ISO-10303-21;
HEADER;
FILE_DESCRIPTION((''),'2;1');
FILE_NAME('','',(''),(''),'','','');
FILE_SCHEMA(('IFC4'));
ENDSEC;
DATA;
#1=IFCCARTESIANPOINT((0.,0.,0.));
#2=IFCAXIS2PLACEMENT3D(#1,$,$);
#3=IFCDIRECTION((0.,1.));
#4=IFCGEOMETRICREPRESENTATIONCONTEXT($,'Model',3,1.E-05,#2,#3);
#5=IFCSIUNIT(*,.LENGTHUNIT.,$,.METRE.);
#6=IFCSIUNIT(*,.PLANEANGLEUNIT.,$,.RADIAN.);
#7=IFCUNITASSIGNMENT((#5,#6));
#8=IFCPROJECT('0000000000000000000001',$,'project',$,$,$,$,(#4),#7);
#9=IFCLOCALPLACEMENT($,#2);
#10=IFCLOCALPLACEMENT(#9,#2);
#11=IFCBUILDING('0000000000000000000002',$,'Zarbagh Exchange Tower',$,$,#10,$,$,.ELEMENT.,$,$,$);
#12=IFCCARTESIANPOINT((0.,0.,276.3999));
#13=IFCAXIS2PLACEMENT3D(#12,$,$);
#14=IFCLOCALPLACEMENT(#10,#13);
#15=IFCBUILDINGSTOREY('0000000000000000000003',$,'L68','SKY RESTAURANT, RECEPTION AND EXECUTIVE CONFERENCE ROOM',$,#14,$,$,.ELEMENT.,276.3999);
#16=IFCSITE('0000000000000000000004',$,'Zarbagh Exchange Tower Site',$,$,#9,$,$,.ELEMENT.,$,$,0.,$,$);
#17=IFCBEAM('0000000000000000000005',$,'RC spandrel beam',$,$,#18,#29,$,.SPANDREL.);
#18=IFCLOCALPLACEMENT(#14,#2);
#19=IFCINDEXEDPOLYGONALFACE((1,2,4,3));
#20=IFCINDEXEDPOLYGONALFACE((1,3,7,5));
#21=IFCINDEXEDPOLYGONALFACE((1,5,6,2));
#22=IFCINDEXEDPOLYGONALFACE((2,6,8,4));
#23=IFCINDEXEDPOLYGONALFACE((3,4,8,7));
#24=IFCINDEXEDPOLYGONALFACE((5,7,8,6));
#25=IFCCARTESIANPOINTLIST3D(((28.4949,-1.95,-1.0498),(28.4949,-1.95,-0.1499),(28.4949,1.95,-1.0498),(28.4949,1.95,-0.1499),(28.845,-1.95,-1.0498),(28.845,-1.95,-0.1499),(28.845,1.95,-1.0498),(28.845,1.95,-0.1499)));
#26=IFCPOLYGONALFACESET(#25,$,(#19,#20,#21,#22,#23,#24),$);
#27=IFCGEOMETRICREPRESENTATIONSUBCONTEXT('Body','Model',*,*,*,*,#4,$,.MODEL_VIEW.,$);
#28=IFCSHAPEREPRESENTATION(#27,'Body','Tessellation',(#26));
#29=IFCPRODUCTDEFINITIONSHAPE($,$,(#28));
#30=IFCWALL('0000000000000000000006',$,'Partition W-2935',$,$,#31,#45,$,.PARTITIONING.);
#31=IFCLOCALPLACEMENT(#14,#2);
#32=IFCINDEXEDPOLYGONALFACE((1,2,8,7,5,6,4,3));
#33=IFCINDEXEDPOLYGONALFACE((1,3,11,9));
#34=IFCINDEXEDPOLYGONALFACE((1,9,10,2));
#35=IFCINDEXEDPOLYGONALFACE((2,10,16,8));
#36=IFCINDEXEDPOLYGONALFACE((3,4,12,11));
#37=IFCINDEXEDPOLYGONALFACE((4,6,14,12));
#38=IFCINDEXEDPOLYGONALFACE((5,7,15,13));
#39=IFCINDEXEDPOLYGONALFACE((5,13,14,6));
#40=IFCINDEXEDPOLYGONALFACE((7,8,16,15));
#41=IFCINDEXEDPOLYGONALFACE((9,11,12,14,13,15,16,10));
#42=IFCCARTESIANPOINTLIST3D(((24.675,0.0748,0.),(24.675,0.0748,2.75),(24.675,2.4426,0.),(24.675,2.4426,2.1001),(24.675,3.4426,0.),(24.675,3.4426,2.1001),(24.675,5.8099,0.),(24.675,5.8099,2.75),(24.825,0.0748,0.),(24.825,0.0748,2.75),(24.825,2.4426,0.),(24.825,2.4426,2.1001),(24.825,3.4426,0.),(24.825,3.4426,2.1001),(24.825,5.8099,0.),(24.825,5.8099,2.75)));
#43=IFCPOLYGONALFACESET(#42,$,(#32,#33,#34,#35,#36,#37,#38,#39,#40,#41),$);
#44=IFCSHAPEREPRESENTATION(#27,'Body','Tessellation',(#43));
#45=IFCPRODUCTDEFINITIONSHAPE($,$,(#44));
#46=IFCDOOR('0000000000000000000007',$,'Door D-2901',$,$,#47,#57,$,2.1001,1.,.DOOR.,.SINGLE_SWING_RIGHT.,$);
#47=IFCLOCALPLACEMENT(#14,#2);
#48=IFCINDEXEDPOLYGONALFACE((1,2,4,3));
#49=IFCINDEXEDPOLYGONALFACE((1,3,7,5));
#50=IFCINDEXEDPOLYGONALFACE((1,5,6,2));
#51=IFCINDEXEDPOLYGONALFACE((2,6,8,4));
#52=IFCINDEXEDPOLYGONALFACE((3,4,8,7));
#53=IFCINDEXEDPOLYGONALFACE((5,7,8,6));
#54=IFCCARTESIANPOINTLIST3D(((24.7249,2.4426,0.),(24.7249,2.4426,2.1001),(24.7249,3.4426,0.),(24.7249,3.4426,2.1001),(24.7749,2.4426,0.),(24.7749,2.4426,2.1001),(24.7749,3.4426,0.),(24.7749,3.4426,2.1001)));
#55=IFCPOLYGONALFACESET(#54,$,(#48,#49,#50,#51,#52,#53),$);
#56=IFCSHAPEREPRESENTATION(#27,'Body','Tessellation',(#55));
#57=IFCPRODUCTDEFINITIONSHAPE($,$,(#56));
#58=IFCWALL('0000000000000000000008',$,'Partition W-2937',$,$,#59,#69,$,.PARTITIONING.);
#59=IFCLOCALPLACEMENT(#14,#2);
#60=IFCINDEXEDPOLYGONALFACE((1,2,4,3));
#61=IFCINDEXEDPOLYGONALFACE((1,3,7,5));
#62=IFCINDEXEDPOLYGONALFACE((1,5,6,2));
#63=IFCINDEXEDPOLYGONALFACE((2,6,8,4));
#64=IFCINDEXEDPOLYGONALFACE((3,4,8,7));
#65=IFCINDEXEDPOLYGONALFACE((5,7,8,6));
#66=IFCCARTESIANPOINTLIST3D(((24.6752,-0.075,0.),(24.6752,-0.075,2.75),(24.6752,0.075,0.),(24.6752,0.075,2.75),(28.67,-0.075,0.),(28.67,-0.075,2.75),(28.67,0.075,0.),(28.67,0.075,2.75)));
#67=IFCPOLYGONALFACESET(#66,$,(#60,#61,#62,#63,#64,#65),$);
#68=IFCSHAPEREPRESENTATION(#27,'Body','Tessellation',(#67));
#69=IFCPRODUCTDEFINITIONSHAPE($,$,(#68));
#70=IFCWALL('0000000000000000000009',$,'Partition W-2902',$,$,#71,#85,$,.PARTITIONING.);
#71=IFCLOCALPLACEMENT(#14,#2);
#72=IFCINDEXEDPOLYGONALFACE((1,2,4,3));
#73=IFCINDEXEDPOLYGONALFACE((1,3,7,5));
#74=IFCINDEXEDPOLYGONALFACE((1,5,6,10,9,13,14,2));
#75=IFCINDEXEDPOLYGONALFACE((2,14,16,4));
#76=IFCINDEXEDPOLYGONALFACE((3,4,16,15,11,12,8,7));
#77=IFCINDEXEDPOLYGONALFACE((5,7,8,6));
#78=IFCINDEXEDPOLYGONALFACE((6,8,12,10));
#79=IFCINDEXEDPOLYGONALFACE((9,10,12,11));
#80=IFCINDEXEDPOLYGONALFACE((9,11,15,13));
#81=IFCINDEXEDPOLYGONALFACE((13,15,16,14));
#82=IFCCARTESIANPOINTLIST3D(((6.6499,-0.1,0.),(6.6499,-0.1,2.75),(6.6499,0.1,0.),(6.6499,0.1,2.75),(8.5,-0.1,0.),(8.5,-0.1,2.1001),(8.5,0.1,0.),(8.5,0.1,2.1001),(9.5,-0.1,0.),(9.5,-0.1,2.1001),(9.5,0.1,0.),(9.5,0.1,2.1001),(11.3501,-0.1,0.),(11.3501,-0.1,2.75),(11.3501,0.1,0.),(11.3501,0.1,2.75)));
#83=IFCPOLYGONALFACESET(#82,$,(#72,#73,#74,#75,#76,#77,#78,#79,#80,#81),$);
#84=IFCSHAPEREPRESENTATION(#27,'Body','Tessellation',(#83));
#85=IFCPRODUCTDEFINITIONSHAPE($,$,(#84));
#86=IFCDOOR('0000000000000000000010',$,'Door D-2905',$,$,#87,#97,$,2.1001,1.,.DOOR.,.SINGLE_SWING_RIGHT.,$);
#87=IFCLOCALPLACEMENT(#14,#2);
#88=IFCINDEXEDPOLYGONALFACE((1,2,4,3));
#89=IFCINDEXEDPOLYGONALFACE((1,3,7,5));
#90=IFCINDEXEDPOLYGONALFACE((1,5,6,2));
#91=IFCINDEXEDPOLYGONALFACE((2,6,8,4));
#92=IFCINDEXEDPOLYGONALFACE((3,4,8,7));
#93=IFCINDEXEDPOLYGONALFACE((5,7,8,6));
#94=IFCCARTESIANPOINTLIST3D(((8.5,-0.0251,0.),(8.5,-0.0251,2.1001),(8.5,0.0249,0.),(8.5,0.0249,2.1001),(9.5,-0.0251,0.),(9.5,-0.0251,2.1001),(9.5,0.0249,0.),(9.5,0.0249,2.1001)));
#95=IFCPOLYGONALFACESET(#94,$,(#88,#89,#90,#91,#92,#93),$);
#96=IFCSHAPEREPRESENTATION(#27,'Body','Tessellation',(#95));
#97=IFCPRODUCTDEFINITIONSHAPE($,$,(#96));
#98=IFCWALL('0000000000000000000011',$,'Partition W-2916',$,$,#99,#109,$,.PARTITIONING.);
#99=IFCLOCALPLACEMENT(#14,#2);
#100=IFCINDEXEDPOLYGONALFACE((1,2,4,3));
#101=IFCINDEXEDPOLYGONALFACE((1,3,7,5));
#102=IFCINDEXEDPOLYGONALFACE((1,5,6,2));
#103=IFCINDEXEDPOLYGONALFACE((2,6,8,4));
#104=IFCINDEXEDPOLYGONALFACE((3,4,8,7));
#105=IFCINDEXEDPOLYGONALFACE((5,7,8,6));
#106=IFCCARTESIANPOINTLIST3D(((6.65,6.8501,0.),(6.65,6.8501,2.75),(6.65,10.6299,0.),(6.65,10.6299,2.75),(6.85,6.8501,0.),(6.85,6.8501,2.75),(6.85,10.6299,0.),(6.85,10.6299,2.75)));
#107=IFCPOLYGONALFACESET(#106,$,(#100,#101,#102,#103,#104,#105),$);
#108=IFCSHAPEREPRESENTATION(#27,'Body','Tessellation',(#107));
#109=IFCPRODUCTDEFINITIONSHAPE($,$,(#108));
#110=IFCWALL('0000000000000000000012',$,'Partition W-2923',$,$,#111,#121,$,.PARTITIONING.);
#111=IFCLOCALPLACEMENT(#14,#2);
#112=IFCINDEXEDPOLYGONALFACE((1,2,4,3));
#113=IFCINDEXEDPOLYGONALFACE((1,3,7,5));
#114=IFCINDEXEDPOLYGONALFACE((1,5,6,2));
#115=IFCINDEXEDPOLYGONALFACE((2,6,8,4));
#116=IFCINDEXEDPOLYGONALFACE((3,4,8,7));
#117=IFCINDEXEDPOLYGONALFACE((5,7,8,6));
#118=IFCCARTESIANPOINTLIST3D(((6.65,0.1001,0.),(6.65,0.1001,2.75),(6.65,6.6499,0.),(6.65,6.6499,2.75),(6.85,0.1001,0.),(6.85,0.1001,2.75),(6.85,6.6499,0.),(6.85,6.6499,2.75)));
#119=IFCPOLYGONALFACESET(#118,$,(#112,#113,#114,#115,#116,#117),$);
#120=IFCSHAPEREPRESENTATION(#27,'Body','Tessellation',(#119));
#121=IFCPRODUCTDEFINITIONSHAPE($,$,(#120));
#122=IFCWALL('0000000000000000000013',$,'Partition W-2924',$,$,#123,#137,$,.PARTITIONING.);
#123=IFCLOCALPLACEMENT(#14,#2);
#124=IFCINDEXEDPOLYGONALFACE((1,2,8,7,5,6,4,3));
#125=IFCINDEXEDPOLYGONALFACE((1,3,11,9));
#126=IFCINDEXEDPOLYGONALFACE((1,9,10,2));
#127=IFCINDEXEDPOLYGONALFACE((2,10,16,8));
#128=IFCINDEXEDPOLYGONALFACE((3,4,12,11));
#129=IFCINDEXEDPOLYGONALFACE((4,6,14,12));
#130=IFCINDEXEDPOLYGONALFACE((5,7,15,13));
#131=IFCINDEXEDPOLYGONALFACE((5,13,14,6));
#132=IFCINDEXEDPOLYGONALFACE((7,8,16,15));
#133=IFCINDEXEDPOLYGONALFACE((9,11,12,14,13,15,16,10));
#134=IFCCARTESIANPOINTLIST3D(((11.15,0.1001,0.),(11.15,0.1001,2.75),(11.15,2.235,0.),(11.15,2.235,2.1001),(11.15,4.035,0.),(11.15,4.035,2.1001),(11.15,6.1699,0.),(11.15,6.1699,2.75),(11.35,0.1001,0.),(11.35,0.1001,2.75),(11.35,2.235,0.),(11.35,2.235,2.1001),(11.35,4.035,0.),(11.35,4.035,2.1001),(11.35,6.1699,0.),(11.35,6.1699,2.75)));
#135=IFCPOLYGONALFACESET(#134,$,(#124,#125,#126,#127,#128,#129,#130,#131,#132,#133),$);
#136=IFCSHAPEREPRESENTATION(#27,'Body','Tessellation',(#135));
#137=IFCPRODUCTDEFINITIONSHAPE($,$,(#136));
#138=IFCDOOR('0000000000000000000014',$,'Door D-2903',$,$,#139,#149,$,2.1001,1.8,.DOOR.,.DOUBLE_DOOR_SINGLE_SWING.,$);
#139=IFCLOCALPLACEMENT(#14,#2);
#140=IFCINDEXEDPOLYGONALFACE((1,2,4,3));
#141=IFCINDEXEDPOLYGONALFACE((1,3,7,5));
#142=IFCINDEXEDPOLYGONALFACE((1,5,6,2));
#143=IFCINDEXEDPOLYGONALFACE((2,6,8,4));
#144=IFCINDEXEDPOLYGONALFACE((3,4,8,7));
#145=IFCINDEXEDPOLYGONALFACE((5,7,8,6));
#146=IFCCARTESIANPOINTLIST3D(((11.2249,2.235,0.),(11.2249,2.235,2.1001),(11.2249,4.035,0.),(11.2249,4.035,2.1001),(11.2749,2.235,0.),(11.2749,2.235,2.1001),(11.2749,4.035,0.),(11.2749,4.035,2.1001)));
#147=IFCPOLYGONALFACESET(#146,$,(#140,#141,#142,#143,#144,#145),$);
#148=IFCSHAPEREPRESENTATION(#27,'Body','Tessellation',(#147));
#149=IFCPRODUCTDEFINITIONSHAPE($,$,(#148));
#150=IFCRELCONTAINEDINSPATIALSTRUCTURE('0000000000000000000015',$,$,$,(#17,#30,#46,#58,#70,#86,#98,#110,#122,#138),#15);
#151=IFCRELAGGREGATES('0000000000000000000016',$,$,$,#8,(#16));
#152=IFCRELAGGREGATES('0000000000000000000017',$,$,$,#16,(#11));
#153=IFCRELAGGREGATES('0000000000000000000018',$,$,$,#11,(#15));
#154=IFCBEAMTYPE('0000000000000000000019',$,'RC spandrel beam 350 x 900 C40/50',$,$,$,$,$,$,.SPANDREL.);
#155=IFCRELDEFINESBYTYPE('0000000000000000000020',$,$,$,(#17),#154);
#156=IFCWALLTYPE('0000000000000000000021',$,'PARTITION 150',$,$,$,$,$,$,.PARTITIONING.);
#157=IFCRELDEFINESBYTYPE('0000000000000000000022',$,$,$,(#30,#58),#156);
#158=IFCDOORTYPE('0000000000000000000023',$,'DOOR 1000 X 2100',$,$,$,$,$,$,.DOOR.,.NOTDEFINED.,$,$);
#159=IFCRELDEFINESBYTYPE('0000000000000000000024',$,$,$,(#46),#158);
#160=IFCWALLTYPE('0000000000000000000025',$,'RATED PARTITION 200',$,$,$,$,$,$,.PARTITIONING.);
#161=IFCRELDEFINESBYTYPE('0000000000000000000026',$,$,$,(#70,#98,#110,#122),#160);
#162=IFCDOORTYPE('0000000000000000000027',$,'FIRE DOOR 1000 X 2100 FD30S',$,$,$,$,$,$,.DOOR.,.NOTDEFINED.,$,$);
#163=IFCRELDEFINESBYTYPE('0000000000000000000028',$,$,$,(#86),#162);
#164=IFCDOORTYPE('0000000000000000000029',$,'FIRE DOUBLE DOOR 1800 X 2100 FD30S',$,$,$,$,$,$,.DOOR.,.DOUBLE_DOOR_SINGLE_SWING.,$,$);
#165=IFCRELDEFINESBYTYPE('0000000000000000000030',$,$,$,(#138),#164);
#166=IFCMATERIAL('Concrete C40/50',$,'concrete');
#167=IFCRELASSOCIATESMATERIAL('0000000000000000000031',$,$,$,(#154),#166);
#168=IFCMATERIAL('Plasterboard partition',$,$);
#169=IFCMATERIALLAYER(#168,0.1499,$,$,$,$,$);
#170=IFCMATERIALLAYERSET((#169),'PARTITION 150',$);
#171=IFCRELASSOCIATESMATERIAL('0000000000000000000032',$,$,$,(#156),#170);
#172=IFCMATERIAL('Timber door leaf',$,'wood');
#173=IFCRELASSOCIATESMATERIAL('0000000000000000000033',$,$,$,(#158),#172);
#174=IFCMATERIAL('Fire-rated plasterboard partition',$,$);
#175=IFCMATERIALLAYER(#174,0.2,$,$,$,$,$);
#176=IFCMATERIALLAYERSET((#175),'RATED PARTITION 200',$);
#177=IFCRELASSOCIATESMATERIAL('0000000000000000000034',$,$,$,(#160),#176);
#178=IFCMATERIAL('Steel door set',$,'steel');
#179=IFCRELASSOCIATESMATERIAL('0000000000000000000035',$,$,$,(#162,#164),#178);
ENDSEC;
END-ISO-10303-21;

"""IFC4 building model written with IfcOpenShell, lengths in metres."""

from ifc_helpers import new_model, si_unit, direction, frame, frame_2d, origin, origin_2d, place, context, subcontext, project, spatial, rectangle, extrude, material, layer, layer_set, material_profile, profile_set, type_object, element, fill, save


model = new_model("IFC4")

# Units and contexts
model_context = context("Model", 3, precision=1e-05, world=origin(), true_north=direction((0.0, 1.0)))
body_context = subcontext(model_context, "Body", "Model", "MODEL_VIEW")
ifc_project = project(units=[si_unit("LENGTHUNIT", "METRE"), si_unit("PLANEANGLEUNIT", "RADIAN")], contexts=[model_context])

# Site, building, storey
site_placement = place(None, origin())
site = spatial("IfcSite", under=ifc_project, at=site_placement, Name="Zarbagh Exchange Tower Site", CompositionType="ELEMENT", RefElevation=0.0)
building_placement = place(site_placement, origin())
building = spatial("IfcBuilding", under=site, at=building_placement, Name="Zarbagh Exchange Tower", CompositionType="ELEMENT")
storey_placement = place(building_placement, frame((0.0, 0.0, 276.3999)))
storey = spatial("IfcBuildingStorey", under=building, at=storey_placement, Name="L68", Description="SKY RESTAURANT, RECEPTION AND EXECUTIVE CONFERENCE ROOM", CompositionType="ELEMENT", Elevation=276.3999)

# Shared definitions
ifc_material_1 = material(Name="Concrete C40/50", Category="concrete")

# Beam
ifc_material_profile_1 = material_profile(ifc_material_1, rectangle(XDim=0.3501, YDim=0.8999, at=origin_2d()), Name="RC spandrel beam 350 x 900 C40/50")
ifc_profile_set_1 = profile_set([ifc_material_profile_1], Name="Concrete C40/50")
beam_type_1 = type_object("IfcBeamType", Name="RC spandrel beam 350 x 900 C40/50", PredefinedType="SPANDREL", material=ifc_profile_set_1)
beam_1_placement = place(storey_placement, frame((28.6699, 1.95, -0.5999), z_axis=(0.0, -1.0, 0.0), x_axis=(1.0, 0.0, 0.0)))
element("IfcBeam", 1, at=beam_1_placement, inside=storey, type_object=beam_type_1, Name="RC spandrel beam", PredefinedType="SPANDREL", context=body_context, shape_type="SweptSolid", body=[
    extrude(rectangle(XDim=0.3501, YDim=0.8999, at=origin_2d()), origin(), (0.0, 0.0, 1.0), 3.8999),
])

# Wall, opening, door
ifc_material_2 = material(Name="Plasterboard partition")
ifc_layer_1 = layer(ifc_material_2, 0.1499)
ifc_layer_set_1 = layer_set([ifc_layer_1], Name="PARTITION 150")
wall_type_1 = type_object("IfcWallType", Name="PARTITION 150", PredefinedType="PARTITIONING", material=ifc_layer_set_1)
wall_1_placement = place(storey_placement, frame((24.75, 5.8101, 0.0), z_axis=(0.0, 0.0, 1.0), x_axis=(0.0, -1.0, 0.0)))
wall_1 = element("IfcWall", 2, at=wall_1_placement, inside=storey, type_object=wall_type_1, Name="Partition W-2935", PredefinedType="PARTITIONING", context=body_context, shape_type="SweptSolid", body=[
    extrude(rectangle(XDim=5.7351, YDim=0.1499, at=frame_2d((2.8677, 0.0))), origin(), (0.0, 0.0, 1.0), 2.75),
])
opening_1_placement = place(wall_1_placement, frame((2.3674, 0.0, 0.0)))
opening_1 = element("IfcOpeningElement", 3, at=opening_1_placement, cuts=wall_1, PredefinedType="OPENING", context=body_context, shape_type="SweptSolid", body=[
    extrude(rectangle(XDim=1.0, YDim=2.1001, at=frame_2d((0.5, 1.05))), frame((0.0, 0.085, 0.0), z_axis=(0.0, -1.0, 0.0), x_axis=(1.0, 0.0, 0.0)), (0.0, 0.0, 1.0), 0.1699),
])
ifc_material_3 = material(Name="Timber door leaf", Category="wood")
door_type_1 = type_object("IfcDoorType", Name="DOOR 1000 X 2100", OperationType="NOTDEFINED", PredefinedType="DOOR", material=ifc_material_3)
door_1_placement = place(opening_1_placement, origin())
door_1 = element("IfcDoor", 4, at=door_1_placement, inside=storey, type_object=door_type_1, Name="Door D-2901", OperationType="SINGLE_SWING_RIGHT", OverallHeight=2.1001, OverallWidth=1.0, PredefinedType="DOOR", context=body_context, shape_type="SweptSolid", body=[
    extrude(rectangle(XDim=1.0, YDim=2.1001, at=frame_2d((0.5, 1.05))), frame((0.0, 0.0249, 0.0), z_axis=(0.0, -1.0, 0.0), x_axis=(1.0, 0.0, 0.0)), (0.0, 0.0, 1.0), 0.05),
])
fill(opening_1, door_1)

# Wall
wall_2_placement = place(storey_placement, frame((24.675, 0.0, 0.0), z_axis=(0.0, 0.0, 1.0), x_axis=(1.0, 0.0, 0.0)))
element("IfcWall", 5, at=wall_2_placement, inside=storey, type_object=wall_type_1, Name="Partition W-2937", PredefinedType="PARTITIONING", context=body_context, shape_type="SweptSolid", body=[
    extrude(rectangle(XDim=3.9949, YDim=0.1499, at=frame_2d((1.9976, 0.0))), origin(), (0.0, 0.0, 1.0), 2.75),
])

# Wall, opening, door
ifc_material_4 = material(Name="Fire-rated plasterboard partition")
ifc_layer_2 = layer(ifc_material_4, 0.2)
ifc_layer_set_2 = layer_set([ifc_layer_2], Name="RATED PARTITION 200")
wall_type_2 = type_object("IfcWallType", Name="RATED PARTITION 200", PredefinedType="PARTITIONING", material=ifc_layer_set_2)
wall_3_placement = place(storey_placement, frame((6.6499, 0.0, 0.0), z_axis=(0.0, 0.0, 1.0), x_axis=(1.0, 0.0, 0.0)))
wall_3 = element("IfcWall", 6, at=wall_3_placement, inside=storey, type_object=wall_type_2, Name="Partition W-2902", PredefinedType="PARTITIONING", context=body_context, shape_type="SweptSolid", body=[
    extrude(rectangle(XDim=4.7002, YDim=0.2, at=frame_2d((2.3501, 0.0))), origin(), (0.0, 0.0, 1.0), 2.75),
])
opening_2_placement = place(wall_3_placement, frame((1.8501, 0.0, 0.0)))
opening_2 = element("IfcOpeningElement", 7, at=opening_2_placement, cuts=wall_3, PredefinedType="OPENING", context=body_context, shape_type="SweptSolid", body=[
    extrude(rectangle(XDim=1.0, YDim=2.1001, at=frame_2d((0.5, 1.05))), frame((0.0, 0.1099, 0.0), z_axis=(0.0, -1.0, 0.0), x_axis=(1.0, 0.0, 0.0)), (0.0, 0.0, 1.0), 0.22),
])
ifc_material_5 = material(Name="Steel door set", Category="steel")
door_type_2 = type_object("IfcDoorType", Name="FIRE DOOR 1000 X 2100 FD30S", OperationType="NOTDEFINED", PredefinedType="DOOR", material=ifc_material_5)
door_2_placement = place(opening_2_placement, origin())
door_2 = element("IfcDoor", 8, at=door_2_placement, inside=storey, type_object=door_type_2, Name="Door D-2905", OperationType="SINGLE_SWING_RIGHT", OverallHeight=2.1001, OverallWidth=1.0, PredefinedType="DOOR", context=body_context, shape_type="SweptSolid", body=[
    extrude(rectangle(XDim=1.0, YDim=2.1001, at=frame_2d((0.5, 1.05))), frame((0.0, 0.0249, 0.0), z_axis=(0.0, -1.0, 0.0), x_axis=(1.0, 0.0, 0.0)), (0.0, 0.0, 1.0), 0.05),
])
fill(opening_2, door_2)

# Walls
wall_4_placement = place(storey_placement, frame((6.75, 6.8501, 0.0), z_axis=(0.0, 0.0, 1.0), x_axis=(0.0, 1.0, 0.0)))
element("IfcWall", 9, at=wall_4_placement, inside=storey, type_object=wall_type_2, Name="Partition W-2916", PredefinedType="PARTITIONING", context=body_context, shape_type="SweptSolid", body=[
    extrude(rectangle(XDim=3.7798, YDim=0.2, at=frame_2d((1.8899, 0.0))), origin(), (0.0, 0.0, 1.0), 2.75),
])
wall_5_placement = place(storey_placement, frame((6.75, 0.1001, 0.0), z_axis=(0.0, 0.0, 1.0), x_axis=(0.0, 1.0, 0.0)))
element("IfcWall", 10, at=wall_5_placement, inside=storey, type_object=wall_type_2, Name="Partition W-2923", PredefinedType="PARTITIONING", context=body_context, shape_type="SweptSolid", body=[
    extrude(rectangle(XDim=6.5498, YDim=0.2, at=frame_2d((3.2749, 0.0))), origin(), (0.0, 0.0, 1.0), 2.75),
])

# Wall, opening, door
wall_6_placement = place(storey_placement, frame((11.25, 6.1699, 0.0), z_axis=(0.0, 0.0, 1.0), x_axis=(0.0, -1.0, 0.0)))
wall_6 = element("IfcWall", 11, at=wall_6_placement, inside=storey, type_object=wall_type_2, Name="Partition W-2924", PredefinedType="PARTITIONING", context=body_context, shape_type="SweptSolid", body=[
    extrude(rectangle(XDim=6.0698, YDim=0.2, at=frame_2d((3.0349, 0.0))), origin(), (0.0, 0.0, 1.0), 2.75),
])
opening_3_placement = place(wall_6_placement, frame((2.135, 0.0, 0.0)))
opening_3 = element("IfcOpeningElement", 12, at=opening_3_placement, cuts=wall_6, PredefinedType="OPENING", context=body_context, shape_type="SweptSolid", body=[
    extrude(rectangle(XDim=1.8, YDim=2.1001, at=frame_2d((0.8999, 1.05))), frame((0.0, 0.1099, 0.0), z_axis=(0.0, -1.0, 0.0), x_axis=(1.0, 0.0, 0.0)), (0.0, 0.0, 1.0), 0.22),
])
door_type_3 = type_object("IfcDoorType", Name="FIRE DOUBLE DOOR 1800 X 2100 FD30S", OperationType="DOUBLE_DOOR_SINGLE_SWING", PredefinedType="DOOR", material=ifc_material_5)
door_3_placement = place(opening_3_placement, origin())
door_3 = element("IfcDoor", 13, at=door_3_placement, inside=storey, type_object=door_type_3, Name="Door D-2903", OperationType="DOUBLE_DOOR_SINGLE_SWING", OverallHeight=2.1001, OverallWidth=1.8, PredefinedType="DOOR", context=body_context, shape_type="SweptSolid", body=[
    extrude(rectangle(XDim=1.8, YDim=2.1001, at=frame_2d((0.8999, 1.05))), frame((0.0, 0.0249, 0.0), z_axis=(0.0, -1.0, 0.0), x_axis=(1.0, 0.0, 0.0)), (0.0, 0.0, 1.0), 0.05),
])
fill(opening_3, door_3)

save(model, "model.ifc")
